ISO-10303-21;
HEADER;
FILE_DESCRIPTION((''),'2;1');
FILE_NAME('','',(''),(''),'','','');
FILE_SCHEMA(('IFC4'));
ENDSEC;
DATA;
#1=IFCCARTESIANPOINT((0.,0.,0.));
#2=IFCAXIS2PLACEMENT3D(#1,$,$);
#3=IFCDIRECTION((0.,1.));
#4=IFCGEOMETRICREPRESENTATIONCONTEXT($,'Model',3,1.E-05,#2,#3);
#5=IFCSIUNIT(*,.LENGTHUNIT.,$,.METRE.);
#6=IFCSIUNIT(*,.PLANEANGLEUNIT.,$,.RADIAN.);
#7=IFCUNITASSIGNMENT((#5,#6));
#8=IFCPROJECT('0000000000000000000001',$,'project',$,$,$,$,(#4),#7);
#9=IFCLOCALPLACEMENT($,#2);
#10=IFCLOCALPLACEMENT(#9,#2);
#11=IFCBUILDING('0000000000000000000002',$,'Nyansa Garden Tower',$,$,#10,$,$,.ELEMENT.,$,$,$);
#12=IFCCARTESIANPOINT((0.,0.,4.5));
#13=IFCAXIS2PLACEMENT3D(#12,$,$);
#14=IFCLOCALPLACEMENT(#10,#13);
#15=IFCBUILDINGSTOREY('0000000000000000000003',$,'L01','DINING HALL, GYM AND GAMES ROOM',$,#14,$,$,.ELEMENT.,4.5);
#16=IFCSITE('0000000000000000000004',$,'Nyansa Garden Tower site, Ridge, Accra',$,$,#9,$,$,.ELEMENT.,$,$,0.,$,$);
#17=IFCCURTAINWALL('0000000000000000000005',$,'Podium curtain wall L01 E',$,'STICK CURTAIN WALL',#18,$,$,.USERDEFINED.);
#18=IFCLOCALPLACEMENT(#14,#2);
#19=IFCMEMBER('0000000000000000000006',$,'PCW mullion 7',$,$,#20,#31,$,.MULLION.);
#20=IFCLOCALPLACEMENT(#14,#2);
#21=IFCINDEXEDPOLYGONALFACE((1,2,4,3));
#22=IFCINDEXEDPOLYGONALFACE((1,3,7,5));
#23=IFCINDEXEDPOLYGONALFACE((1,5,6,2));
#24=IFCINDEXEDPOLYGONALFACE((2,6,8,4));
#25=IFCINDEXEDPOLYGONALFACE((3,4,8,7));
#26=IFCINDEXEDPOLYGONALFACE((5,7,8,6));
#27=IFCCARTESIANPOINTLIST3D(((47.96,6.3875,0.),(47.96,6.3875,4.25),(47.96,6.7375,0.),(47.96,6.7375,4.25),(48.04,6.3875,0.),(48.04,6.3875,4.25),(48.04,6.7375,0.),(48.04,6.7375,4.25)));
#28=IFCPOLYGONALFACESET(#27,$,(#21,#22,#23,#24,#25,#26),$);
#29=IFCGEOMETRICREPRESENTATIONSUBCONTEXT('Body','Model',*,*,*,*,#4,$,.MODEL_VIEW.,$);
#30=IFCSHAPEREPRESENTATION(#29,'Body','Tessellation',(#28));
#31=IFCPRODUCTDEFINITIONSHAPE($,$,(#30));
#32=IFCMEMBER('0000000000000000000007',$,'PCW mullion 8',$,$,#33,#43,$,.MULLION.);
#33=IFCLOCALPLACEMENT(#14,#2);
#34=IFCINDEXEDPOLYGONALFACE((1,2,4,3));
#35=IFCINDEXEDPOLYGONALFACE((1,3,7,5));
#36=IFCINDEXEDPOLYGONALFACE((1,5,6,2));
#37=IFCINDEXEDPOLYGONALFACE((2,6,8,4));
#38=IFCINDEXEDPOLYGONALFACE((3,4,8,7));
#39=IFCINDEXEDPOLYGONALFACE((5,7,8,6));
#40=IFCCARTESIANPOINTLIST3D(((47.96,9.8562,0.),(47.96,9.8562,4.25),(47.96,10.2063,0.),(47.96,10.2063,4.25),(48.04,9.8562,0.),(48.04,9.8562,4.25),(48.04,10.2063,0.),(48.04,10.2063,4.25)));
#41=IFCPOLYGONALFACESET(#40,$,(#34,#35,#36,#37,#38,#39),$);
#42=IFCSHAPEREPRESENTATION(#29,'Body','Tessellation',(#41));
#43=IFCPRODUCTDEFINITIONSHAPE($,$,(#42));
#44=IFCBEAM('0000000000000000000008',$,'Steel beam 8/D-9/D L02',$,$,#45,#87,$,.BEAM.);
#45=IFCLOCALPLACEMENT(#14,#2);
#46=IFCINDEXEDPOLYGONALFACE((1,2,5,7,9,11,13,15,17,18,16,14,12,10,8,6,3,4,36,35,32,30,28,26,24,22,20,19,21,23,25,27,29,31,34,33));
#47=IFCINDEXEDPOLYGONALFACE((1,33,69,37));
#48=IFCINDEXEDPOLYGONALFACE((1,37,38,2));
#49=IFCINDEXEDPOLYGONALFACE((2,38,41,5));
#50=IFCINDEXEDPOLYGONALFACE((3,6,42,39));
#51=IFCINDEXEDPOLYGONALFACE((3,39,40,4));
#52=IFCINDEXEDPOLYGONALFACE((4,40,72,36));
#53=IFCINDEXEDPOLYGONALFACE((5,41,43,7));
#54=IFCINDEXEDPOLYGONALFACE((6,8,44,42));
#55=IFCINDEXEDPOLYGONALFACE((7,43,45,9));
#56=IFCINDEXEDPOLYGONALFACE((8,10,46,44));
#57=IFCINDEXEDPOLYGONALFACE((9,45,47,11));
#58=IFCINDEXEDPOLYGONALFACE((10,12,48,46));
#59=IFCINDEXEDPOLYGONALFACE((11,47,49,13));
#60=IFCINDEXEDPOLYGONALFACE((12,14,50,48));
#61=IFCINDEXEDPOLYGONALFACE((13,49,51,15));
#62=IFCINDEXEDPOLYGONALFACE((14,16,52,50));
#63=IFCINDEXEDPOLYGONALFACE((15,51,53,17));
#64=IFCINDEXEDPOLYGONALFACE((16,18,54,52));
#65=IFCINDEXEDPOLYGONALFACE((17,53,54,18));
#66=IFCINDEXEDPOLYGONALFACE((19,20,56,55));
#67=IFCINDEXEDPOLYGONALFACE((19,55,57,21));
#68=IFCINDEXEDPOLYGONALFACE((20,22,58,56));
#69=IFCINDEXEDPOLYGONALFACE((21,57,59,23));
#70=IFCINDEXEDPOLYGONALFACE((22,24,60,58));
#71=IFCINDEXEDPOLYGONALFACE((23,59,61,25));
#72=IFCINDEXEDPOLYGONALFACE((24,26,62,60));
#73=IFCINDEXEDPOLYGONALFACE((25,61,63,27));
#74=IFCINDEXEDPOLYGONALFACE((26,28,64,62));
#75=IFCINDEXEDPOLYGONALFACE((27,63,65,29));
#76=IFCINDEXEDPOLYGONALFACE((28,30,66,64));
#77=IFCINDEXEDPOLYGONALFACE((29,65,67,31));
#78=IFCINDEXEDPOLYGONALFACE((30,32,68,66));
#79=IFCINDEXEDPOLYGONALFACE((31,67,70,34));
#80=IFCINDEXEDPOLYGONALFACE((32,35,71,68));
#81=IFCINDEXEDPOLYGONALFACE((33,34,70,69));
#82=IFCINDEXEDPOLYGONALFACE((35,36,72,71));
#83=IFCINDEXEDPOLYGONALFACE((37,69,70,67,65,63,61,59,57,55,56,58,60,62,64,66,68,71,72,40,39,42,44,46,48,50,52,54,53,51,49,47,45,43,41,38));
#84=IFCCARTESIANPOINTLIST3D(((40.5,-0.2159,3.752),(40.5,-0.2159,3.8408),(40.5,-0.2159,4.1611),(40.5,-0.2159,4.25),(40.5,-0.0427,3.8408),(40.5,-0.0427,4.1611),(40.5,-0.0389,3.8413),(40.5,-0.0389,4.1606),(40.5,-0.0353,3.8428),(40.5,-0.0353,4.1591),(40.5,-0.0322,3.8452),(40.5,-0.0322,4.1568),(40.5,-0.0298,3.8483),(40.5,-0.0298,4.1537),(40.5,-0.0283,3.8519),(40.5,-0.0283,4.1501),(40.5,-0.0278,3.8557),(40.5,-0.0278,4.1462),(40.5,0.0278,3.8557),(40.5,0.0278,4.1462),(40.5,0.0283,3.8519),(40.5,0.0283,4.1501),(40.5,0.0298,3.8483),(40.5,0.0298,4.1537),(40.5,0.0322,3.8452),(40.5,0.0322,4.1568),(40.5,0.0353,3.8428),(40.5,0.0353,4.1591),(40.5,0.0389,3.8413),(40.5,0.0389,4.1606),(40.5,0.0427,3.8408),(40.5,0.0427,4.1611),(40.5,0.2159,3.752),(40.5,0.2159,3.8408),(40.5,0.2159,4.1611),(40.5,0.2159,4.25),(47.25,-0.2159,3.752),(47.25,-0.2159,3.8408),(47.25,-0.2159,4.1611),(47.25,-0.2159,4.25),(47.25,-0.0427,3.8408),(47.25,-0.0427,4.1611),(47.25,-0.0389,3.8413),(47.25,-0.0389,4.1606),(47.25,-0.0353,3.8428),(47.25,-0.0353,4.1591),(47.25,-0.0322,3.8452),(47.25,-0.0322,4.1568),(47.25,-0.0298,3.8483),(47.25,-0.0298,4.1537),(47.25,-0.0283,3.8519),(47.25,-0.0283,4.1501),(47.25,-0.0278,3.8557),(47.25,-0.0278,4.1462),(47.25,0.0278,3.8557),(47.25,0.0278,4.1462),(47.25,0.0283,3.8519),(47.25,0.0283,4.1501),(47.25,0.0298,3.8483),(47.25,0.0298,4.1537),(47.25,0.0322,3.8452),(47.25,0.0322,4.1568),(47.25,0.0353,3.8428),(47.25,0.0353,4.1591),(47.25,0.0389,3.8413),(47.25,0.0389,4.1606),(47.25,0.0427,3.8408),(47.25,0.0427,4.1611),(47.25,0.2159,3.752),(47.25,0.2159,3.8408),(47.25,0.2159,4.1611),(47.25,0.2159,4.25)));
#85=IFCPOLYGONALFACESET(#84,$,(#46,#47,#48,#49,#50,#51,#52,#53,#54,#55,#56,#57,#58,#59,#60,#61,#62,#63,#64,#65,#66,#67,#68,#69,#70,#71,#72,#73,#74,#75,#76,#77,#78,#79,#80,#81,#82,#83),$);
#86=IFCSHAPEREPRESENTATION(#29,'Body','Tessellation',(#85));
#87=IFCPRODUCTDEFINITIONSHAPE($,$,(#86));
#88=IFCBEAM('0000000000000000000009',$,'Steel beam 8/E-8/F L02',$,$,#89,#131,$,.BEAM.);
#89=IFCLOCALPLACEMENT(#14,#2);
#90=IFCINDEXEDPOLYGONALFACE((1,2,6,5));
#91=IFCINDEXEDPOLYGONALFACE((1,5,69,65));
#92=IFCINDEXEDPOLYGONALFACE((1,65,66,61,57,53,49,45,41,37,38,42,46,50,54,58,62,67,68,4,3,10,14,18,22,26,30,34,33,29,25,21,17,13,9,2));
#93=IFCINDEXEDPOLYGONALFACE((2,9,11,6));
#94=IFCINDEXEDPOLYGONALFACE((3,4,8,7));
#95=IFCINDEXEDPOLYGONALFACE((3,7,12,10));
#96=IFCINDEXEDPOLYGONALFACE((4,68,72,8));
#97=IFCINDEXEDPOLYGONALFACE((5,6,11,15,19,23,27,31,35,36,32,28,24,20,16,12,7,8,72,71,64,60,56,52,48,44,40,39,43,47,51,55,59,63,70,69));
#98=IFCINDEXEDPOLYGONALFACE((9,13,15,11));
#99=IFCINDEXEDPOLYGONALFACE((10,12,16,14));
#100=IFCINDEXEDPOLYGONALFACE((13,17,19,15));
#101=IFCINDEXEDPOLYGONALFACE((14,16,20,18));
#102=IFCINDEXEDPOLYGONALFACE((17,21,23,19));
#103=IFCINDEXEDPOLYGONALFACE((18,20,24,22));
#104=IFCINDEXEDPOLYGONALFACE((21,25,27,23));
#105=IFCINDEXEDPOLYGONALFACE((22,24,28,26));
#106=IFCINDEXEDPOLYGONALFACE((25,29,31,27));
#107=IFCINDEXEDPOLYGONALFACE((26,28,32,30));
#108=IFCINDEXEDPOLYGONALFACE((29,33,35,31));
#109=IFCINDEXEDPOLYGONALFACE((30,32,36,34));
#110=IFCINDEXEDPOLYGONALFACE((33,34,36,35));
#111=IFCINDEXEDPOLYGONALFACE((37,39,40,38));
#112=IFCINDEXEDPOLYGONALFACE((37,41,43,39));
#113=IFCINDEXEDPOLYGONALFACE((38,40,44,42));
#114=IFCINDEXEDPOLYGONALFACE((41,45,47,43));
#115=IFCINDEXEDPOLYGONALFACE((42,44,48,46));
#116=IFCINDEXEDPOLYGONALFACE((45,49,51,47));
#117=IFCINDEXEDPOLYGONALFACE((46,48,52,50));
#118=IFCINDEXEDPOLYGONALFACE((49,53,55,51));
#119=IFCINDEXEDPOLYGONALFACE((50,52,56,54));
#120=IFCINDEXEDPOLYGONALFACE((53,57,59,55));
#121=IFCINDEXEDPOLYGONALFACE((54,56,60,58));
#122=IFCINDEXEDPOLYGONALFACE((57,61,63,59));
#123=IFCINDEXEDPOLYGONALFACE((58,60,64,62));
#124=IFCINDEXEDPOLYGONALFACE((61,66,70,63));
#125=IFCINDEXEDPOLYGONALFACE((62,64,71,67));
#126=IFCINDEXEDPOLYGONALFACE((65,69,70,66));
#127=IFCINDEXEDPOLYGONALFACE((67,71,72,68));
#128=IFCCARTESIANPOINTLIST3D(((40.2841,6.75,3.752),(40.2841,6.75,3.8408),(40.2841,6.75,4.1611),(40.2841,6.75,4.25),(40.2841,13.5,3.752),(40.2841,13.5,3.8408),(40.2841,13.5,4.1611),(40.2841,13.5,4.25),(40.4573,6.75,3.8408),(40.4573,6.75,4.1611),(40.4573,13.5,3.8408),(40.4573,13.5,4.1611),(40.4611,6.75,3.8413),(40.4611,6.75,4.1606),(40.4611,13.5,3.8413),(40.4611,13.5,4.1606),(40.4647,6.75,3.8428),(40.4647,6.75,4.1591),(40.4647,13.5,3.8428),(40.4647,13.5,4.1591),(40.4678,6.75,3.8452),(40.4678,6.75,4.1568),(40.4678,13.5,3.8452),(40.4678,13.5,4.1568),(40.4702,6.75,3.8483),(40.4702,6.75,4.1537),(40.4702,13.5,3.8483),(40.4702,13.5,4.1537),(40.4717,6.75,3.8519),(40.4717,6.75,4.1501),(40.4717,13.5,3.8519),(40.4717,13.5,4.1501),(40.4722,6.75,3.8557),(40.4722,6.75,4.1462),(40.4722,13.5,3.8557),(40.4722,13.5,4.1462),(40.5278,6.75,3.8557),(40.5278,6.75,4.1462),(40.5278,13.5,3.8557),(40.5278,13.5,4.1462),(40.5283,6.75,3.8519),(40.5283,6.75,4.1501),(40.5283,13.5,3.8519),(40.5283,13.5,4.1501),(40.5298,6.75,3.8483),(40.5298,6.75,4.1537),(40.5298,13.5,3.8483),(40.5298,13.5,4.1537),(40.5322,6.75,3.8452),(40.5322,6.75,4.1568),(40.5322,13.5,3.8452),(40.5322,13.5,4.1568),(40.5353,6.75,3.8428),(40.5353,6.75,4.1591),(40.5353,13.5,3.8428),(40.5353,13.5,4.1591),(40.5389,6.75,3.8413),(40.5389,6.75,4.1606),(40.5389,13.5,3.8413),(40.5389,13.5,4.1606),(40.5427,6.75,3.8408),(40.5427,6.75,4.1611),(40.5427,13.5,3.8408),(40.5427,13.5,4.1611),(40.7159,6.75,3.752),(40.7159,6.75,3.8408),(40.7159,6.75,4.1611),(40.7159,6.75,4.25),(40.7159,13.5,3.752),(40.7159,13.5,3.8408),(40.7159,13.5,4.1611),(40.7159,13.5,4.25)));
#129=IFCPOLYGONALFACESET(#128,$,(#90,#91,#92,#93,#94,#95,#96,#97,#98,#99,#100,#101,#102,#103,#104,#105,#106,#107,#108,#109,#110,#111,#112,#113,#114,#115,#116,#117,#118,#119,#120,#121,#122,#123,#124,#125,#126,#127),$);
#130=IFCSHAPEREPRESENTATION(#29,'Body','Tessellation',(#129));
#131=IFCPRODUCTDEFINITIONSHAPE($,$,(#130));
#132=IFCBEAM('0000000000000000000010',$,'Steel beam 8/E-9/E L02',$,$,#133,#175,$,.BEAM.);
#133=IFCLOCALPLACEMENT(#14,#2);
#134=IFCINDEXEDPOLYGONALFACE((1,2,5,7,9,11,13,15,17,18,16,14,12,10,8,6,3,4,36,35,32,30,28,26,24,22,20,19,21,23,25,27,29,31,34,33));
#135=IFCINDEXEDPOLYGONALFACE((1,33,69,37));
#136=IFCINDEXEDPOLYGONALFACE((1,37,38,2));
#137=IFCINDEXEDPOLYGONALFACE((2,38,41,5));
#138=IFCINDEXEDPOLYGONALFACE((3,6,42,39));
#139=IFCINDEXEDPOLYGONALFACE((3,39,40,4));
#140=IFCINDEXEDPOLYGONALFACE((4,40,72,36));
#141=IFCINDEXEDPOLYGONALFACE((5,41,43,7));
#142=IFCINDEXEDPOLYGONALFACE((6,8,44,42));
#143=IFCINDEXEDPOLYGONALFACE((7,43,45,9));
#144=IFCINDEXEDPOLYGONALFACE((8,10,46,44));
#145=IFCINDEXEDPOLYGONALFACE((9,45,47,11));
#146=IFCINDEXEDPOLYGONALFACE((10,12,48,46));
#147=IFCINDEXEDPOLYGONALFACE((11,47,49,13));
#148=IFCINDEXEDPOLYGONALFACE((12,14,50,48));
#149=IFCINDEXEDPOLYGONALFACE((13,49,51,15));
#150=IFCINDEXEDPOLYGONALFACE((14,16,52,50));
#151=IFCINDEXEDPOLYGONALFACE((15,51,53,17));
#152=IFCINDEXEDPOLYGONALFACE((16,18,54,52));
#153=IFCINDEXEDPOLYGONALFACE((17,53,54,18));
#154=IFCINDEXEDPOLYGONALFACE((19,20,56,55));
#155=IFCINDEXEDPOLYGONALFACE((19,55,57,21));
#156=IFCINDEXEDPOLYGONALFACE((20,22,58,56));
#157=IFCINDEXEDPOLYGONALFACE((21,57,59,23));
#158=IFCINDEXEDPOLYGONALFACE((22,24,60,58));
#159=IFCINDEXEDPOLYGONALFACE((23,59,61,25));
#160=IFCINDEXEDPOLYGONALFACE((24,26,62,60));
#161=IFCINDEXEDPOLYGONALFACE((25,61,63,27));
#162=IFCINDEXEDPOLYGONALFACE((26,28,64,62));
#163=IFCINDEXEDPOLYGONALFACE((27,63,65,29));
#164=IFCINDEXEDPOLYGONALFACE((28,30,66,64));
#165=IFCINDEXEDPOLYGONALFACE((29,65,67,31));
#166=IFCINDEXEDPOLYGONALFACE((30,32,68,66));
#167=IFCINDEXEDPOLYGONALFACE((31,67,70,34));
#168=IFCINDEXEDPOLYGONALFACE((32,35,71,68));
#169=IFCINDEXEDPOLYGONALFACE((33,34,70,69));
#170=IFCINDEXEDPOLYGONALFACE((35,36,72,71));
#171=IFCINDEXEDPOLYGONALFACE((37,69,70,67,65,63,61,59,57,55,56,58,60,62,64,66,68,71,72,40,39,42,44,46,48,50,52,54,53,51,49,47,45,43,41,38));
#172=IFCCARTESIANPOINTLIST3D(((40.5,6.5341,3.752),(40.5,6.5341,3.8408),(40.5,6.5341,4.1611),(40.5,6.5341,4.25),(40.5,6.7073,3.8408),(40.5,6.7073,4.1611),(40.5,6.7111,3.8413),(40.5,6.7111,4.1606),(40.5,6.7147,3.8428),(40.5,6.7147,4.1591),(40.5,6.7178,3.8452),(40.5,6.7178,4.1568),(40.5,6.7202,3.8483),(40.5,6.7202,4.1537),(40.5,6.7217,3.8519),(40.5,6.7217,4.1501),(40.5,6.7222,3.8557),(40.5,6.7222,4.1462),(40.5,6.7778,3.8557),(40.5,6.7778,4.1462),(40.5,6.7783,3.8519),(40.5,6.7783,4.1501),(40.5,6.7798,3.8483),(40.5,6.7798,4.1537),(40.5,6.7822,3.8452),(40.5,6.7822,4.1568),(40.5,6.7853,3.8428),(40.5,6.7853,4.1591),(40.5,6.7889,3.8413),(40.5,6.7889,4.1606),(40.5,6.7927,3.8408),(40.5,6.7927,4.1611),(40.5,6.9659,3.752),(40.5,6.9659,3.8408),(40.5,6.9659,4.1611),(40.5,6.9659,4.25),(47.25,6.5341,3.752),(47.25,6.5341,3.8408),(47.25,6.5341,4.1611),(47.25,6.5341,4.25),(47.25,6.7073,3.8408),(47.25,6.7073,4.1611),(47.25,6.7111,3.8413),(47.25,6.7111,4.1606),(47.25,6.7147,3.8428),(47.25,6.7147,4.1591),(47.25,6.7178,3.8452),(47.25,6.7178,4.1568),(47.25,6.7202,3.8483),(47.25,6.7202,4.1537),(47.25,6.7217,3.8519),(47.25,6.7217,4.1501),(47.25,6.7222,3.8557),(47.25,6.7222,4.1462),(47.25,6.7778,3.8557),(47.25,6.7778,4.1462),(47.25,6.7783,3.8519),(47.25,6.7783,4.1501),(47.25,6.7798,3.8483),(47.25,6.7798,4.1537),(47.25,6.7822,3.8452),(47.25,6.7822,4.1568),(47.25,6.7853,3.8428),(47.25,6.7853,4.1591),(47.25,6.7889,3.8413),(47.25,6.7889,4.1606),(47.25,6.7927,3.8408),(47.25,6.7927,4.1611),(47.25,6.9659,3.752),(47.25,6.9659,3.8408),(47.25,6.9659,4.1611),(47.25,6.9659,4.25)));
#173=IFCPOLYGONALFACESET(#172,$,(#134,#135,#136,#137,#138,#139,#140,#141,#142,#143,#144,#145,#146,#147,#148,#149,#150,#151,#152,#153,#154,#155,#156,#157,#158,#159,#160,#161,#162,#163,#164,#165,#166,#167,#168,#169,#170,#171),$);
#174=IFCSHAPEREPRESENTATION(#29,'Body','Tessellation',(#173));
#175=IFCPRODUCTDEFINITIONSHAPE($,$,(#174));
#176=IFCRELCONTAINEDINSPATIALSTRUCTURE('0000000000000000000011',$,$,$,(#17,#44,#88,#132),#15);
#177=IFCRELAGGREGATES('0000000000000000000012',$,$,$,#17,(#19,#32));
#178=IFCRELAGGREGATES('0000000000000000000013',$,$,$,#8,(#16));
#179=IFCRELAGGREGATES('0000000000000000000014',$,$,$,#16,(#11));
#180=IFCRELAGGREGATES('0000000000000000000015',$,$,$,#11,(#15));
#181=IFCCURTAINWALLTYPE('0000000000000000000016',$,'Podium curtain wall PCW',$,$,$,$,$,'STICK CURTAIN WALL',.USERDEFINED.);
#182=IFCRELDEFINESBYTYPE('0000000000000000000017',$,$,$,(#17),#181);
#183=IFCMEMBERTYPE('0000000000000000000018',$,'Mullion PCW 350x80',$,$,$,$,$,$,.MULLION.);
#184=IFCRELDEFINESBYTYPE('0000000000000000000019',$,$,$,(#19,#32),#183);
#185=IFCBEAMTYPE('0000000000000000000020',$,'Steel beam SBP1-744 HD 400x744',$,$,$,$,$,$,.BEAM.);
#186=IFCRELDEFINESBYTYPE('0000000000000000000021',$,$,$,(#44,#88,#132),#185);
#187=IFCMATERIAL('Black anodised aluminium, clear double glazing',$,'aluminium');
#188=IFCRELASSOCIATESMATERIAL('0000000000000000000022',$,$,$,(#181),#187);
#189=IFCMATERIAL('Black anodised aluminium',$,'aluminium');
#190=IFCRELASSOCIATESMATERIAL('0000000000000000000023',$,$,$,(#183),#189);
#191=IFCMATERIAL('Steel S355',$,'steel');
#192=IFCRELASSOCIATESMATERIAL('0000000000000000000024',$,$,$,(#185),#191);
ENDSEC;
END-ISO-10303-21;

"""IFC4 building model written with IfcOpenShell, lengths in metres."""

from ifc_helpers import new_model, si_unit, direction, frame, origin, origin_2d, place, context, subcontext, project, spatial, rectangle, i_section, extrude, material, material_profile, profile_set, type_object, element, aggregate, save


model = new_model("IFC4")

# Units and contexts
model_context = context("Model", 3, precision=1e-05, world=origin(), true_north=direction((0.0, 1.0)))
body_context = subcontext(model_context, "Body", "Model", "MODEL_VIEW")
ifc_project = project(units=[si_unit("LENGTHUNIT", "METRE"), si_unit("PLANEANGLEUNIT", "RADIAN")], contexts=[model_context])

# Site, building, storey
site_placement = place(None, origin())
site = spatial("IfcSite", under=ifc_project, at=site_placement, Name="Nyansa Garden Tower site, Ridge, Accra", CompositionType="ELEMENT", RefElevation=0.0)
building_placement = place(site_placement, origin())
building = spatial("IfcBuilding", under=site, at=building_placement, Name="Nyansa Garden Tower", CompositionType="ELEMENT")
storey_placement = place(building_placement, frame((0.0, 0.0, 4.5)))
storey = spatial("IfcBuildingStorey", under=building, at=storey_placement, Name="L01", Description="DINING HALL, GYM AND GAMES ROOM", CompositionType="ELEMENT", Elevation=4.5)

# Curtain wall, members
ifc_material_1 = material(Name="Black anodised aluminium, clear double glazing", Category="aluminium")
curtain_wall_type = type_object("IfcCurtainWallType", Name="Podium curtain wall PCW", ElementType="STICK CURTAIN WALL", PredefinedType="USERDEFINED", material=ifc_material_1)
curtain_wall_placement = place(storey_placement, origin())
curtain_wall = element("IfcCurtainWall", 1, at=curtain_wall_placement, inside=storey, type_object=curtain_wall_type, Name="Podium curtain wall L01 E", ObjectType="STICK CURTAIN WALL", PredefinedType="USERDEFINED")
ifc_material_2 = material(Name="Black anodised aluminium", Category="aluminium")
ifc_material_profile_1 = material_profile(ifc_material_2, rectangle(XDim=0.0801, YDim=0.3501, at=origin_2d()), Name="Mullion 350x80")
ifc_profile_set_1 = profile_set([ifc_material_profile_1], Name="Black anodised aluminium")
member_type_1 = type_object("IfcMemberType", Name="Mullion PCW 350x80", PredefinedType="MULLION", material=ifc_profile_set_1)
member_1_placement = place(storey_placement, frame((48.0, 6.5625, 0.0), z_axis=(0.0, 0.0, 1.0), x_axis=(-1.0, 0.0, 0.0)))
member_1 = element("IfcMember", 2, at=member_1_placement, type_object=member_type_1, Name="PCW mullion 7", PredefinedType="MULLION", context=body_context, shape_type="SweptSolid", body=[
    extrude(rectangle(XDim=0.0801, YDim=0.3501, at=origin_2d()), origin(), (0.0, 0.0, 1.0), 4.25),
])
member_2_placement = place(storey_placement, frame((48.0, 10.0312, 0.0), z_axis=(0.0, 0.0, 1.0), x_axis=(-1.0, 0.0, 0.0)))
member_2 = element("IfcMember", 3, at=member_2_placement, type_object=member_type_1, Name="PCW mullion 8", PredefinedType="MULLION", context=body_context, shape_type="SweptSolid", body=[
    extrude(rectangle(XDim=0.0801, YDim=0.3501, at=origin_2d()), origin(), (0.0, 0.0, 1.0), 4.25),
])

# Beams
ifc_material_3 = material(Name="Steel S355", Category="steel")
ifc_material_profile_2 = material_profile(ifc_material_3, i_section(OverallWidth=0.4319, OverallDepth=0.498, WebThickness=0.0557, FlangeThickness=0.0889, FilletRadius=0.0149, at=origin_2d()), Name="HD 400x744")
ifc_profile_set_2 = profile_set([ifc_material_profile_2], Name="Steel S355")
beam_type_1 = type_object("IfcBeamType", Name="Steel beam SBP1-744 HD 400x744", PredefinedType="BEAM", material=ifc_profile_set_2)
for number, where, z_axis, x_axis, name in (
    (4, (40.5, 0.0, 4.001), (1.0, 0.0, 0.0), (0.0, 1.0, 0.0), "Steel beam 8/D-9/D L02"),
    (5, (40.5, 6.75, 4.001), (0.0, 1.0, 0.0), (-1.0, 0.0, 0.0), "Steel beam 8/E-8/F L02"),
    (6, (40.5, 6.75, 4.001), (1.0, 0.0, 0.0), (0.0, 1.0, 0.0), "Steel beam 8/E-9/E L02"),
):
    element("IfcBeam", number, at=place(storey_placement, frame(where, z_axis=z_axis, x_axis=x_axis)), inside=storey, type_object=beam_type_1, Name=name, PredefinedType="BEAM", context=body_context, shape_type="SweptSolid", body=[
        extrude(i_section(OverallWidth=0.4319, OverallDepth=0.498, WebThickness=0.0557, FlangeThickness=0.0889, FilletRadius=0.0149, at=origin_2d()), origin(), (0.0, 0.0, 1.0), 6.75),
    ])

aggregate(curtain_wall, [member_1, member_2])

save(model, "model.ifc")
